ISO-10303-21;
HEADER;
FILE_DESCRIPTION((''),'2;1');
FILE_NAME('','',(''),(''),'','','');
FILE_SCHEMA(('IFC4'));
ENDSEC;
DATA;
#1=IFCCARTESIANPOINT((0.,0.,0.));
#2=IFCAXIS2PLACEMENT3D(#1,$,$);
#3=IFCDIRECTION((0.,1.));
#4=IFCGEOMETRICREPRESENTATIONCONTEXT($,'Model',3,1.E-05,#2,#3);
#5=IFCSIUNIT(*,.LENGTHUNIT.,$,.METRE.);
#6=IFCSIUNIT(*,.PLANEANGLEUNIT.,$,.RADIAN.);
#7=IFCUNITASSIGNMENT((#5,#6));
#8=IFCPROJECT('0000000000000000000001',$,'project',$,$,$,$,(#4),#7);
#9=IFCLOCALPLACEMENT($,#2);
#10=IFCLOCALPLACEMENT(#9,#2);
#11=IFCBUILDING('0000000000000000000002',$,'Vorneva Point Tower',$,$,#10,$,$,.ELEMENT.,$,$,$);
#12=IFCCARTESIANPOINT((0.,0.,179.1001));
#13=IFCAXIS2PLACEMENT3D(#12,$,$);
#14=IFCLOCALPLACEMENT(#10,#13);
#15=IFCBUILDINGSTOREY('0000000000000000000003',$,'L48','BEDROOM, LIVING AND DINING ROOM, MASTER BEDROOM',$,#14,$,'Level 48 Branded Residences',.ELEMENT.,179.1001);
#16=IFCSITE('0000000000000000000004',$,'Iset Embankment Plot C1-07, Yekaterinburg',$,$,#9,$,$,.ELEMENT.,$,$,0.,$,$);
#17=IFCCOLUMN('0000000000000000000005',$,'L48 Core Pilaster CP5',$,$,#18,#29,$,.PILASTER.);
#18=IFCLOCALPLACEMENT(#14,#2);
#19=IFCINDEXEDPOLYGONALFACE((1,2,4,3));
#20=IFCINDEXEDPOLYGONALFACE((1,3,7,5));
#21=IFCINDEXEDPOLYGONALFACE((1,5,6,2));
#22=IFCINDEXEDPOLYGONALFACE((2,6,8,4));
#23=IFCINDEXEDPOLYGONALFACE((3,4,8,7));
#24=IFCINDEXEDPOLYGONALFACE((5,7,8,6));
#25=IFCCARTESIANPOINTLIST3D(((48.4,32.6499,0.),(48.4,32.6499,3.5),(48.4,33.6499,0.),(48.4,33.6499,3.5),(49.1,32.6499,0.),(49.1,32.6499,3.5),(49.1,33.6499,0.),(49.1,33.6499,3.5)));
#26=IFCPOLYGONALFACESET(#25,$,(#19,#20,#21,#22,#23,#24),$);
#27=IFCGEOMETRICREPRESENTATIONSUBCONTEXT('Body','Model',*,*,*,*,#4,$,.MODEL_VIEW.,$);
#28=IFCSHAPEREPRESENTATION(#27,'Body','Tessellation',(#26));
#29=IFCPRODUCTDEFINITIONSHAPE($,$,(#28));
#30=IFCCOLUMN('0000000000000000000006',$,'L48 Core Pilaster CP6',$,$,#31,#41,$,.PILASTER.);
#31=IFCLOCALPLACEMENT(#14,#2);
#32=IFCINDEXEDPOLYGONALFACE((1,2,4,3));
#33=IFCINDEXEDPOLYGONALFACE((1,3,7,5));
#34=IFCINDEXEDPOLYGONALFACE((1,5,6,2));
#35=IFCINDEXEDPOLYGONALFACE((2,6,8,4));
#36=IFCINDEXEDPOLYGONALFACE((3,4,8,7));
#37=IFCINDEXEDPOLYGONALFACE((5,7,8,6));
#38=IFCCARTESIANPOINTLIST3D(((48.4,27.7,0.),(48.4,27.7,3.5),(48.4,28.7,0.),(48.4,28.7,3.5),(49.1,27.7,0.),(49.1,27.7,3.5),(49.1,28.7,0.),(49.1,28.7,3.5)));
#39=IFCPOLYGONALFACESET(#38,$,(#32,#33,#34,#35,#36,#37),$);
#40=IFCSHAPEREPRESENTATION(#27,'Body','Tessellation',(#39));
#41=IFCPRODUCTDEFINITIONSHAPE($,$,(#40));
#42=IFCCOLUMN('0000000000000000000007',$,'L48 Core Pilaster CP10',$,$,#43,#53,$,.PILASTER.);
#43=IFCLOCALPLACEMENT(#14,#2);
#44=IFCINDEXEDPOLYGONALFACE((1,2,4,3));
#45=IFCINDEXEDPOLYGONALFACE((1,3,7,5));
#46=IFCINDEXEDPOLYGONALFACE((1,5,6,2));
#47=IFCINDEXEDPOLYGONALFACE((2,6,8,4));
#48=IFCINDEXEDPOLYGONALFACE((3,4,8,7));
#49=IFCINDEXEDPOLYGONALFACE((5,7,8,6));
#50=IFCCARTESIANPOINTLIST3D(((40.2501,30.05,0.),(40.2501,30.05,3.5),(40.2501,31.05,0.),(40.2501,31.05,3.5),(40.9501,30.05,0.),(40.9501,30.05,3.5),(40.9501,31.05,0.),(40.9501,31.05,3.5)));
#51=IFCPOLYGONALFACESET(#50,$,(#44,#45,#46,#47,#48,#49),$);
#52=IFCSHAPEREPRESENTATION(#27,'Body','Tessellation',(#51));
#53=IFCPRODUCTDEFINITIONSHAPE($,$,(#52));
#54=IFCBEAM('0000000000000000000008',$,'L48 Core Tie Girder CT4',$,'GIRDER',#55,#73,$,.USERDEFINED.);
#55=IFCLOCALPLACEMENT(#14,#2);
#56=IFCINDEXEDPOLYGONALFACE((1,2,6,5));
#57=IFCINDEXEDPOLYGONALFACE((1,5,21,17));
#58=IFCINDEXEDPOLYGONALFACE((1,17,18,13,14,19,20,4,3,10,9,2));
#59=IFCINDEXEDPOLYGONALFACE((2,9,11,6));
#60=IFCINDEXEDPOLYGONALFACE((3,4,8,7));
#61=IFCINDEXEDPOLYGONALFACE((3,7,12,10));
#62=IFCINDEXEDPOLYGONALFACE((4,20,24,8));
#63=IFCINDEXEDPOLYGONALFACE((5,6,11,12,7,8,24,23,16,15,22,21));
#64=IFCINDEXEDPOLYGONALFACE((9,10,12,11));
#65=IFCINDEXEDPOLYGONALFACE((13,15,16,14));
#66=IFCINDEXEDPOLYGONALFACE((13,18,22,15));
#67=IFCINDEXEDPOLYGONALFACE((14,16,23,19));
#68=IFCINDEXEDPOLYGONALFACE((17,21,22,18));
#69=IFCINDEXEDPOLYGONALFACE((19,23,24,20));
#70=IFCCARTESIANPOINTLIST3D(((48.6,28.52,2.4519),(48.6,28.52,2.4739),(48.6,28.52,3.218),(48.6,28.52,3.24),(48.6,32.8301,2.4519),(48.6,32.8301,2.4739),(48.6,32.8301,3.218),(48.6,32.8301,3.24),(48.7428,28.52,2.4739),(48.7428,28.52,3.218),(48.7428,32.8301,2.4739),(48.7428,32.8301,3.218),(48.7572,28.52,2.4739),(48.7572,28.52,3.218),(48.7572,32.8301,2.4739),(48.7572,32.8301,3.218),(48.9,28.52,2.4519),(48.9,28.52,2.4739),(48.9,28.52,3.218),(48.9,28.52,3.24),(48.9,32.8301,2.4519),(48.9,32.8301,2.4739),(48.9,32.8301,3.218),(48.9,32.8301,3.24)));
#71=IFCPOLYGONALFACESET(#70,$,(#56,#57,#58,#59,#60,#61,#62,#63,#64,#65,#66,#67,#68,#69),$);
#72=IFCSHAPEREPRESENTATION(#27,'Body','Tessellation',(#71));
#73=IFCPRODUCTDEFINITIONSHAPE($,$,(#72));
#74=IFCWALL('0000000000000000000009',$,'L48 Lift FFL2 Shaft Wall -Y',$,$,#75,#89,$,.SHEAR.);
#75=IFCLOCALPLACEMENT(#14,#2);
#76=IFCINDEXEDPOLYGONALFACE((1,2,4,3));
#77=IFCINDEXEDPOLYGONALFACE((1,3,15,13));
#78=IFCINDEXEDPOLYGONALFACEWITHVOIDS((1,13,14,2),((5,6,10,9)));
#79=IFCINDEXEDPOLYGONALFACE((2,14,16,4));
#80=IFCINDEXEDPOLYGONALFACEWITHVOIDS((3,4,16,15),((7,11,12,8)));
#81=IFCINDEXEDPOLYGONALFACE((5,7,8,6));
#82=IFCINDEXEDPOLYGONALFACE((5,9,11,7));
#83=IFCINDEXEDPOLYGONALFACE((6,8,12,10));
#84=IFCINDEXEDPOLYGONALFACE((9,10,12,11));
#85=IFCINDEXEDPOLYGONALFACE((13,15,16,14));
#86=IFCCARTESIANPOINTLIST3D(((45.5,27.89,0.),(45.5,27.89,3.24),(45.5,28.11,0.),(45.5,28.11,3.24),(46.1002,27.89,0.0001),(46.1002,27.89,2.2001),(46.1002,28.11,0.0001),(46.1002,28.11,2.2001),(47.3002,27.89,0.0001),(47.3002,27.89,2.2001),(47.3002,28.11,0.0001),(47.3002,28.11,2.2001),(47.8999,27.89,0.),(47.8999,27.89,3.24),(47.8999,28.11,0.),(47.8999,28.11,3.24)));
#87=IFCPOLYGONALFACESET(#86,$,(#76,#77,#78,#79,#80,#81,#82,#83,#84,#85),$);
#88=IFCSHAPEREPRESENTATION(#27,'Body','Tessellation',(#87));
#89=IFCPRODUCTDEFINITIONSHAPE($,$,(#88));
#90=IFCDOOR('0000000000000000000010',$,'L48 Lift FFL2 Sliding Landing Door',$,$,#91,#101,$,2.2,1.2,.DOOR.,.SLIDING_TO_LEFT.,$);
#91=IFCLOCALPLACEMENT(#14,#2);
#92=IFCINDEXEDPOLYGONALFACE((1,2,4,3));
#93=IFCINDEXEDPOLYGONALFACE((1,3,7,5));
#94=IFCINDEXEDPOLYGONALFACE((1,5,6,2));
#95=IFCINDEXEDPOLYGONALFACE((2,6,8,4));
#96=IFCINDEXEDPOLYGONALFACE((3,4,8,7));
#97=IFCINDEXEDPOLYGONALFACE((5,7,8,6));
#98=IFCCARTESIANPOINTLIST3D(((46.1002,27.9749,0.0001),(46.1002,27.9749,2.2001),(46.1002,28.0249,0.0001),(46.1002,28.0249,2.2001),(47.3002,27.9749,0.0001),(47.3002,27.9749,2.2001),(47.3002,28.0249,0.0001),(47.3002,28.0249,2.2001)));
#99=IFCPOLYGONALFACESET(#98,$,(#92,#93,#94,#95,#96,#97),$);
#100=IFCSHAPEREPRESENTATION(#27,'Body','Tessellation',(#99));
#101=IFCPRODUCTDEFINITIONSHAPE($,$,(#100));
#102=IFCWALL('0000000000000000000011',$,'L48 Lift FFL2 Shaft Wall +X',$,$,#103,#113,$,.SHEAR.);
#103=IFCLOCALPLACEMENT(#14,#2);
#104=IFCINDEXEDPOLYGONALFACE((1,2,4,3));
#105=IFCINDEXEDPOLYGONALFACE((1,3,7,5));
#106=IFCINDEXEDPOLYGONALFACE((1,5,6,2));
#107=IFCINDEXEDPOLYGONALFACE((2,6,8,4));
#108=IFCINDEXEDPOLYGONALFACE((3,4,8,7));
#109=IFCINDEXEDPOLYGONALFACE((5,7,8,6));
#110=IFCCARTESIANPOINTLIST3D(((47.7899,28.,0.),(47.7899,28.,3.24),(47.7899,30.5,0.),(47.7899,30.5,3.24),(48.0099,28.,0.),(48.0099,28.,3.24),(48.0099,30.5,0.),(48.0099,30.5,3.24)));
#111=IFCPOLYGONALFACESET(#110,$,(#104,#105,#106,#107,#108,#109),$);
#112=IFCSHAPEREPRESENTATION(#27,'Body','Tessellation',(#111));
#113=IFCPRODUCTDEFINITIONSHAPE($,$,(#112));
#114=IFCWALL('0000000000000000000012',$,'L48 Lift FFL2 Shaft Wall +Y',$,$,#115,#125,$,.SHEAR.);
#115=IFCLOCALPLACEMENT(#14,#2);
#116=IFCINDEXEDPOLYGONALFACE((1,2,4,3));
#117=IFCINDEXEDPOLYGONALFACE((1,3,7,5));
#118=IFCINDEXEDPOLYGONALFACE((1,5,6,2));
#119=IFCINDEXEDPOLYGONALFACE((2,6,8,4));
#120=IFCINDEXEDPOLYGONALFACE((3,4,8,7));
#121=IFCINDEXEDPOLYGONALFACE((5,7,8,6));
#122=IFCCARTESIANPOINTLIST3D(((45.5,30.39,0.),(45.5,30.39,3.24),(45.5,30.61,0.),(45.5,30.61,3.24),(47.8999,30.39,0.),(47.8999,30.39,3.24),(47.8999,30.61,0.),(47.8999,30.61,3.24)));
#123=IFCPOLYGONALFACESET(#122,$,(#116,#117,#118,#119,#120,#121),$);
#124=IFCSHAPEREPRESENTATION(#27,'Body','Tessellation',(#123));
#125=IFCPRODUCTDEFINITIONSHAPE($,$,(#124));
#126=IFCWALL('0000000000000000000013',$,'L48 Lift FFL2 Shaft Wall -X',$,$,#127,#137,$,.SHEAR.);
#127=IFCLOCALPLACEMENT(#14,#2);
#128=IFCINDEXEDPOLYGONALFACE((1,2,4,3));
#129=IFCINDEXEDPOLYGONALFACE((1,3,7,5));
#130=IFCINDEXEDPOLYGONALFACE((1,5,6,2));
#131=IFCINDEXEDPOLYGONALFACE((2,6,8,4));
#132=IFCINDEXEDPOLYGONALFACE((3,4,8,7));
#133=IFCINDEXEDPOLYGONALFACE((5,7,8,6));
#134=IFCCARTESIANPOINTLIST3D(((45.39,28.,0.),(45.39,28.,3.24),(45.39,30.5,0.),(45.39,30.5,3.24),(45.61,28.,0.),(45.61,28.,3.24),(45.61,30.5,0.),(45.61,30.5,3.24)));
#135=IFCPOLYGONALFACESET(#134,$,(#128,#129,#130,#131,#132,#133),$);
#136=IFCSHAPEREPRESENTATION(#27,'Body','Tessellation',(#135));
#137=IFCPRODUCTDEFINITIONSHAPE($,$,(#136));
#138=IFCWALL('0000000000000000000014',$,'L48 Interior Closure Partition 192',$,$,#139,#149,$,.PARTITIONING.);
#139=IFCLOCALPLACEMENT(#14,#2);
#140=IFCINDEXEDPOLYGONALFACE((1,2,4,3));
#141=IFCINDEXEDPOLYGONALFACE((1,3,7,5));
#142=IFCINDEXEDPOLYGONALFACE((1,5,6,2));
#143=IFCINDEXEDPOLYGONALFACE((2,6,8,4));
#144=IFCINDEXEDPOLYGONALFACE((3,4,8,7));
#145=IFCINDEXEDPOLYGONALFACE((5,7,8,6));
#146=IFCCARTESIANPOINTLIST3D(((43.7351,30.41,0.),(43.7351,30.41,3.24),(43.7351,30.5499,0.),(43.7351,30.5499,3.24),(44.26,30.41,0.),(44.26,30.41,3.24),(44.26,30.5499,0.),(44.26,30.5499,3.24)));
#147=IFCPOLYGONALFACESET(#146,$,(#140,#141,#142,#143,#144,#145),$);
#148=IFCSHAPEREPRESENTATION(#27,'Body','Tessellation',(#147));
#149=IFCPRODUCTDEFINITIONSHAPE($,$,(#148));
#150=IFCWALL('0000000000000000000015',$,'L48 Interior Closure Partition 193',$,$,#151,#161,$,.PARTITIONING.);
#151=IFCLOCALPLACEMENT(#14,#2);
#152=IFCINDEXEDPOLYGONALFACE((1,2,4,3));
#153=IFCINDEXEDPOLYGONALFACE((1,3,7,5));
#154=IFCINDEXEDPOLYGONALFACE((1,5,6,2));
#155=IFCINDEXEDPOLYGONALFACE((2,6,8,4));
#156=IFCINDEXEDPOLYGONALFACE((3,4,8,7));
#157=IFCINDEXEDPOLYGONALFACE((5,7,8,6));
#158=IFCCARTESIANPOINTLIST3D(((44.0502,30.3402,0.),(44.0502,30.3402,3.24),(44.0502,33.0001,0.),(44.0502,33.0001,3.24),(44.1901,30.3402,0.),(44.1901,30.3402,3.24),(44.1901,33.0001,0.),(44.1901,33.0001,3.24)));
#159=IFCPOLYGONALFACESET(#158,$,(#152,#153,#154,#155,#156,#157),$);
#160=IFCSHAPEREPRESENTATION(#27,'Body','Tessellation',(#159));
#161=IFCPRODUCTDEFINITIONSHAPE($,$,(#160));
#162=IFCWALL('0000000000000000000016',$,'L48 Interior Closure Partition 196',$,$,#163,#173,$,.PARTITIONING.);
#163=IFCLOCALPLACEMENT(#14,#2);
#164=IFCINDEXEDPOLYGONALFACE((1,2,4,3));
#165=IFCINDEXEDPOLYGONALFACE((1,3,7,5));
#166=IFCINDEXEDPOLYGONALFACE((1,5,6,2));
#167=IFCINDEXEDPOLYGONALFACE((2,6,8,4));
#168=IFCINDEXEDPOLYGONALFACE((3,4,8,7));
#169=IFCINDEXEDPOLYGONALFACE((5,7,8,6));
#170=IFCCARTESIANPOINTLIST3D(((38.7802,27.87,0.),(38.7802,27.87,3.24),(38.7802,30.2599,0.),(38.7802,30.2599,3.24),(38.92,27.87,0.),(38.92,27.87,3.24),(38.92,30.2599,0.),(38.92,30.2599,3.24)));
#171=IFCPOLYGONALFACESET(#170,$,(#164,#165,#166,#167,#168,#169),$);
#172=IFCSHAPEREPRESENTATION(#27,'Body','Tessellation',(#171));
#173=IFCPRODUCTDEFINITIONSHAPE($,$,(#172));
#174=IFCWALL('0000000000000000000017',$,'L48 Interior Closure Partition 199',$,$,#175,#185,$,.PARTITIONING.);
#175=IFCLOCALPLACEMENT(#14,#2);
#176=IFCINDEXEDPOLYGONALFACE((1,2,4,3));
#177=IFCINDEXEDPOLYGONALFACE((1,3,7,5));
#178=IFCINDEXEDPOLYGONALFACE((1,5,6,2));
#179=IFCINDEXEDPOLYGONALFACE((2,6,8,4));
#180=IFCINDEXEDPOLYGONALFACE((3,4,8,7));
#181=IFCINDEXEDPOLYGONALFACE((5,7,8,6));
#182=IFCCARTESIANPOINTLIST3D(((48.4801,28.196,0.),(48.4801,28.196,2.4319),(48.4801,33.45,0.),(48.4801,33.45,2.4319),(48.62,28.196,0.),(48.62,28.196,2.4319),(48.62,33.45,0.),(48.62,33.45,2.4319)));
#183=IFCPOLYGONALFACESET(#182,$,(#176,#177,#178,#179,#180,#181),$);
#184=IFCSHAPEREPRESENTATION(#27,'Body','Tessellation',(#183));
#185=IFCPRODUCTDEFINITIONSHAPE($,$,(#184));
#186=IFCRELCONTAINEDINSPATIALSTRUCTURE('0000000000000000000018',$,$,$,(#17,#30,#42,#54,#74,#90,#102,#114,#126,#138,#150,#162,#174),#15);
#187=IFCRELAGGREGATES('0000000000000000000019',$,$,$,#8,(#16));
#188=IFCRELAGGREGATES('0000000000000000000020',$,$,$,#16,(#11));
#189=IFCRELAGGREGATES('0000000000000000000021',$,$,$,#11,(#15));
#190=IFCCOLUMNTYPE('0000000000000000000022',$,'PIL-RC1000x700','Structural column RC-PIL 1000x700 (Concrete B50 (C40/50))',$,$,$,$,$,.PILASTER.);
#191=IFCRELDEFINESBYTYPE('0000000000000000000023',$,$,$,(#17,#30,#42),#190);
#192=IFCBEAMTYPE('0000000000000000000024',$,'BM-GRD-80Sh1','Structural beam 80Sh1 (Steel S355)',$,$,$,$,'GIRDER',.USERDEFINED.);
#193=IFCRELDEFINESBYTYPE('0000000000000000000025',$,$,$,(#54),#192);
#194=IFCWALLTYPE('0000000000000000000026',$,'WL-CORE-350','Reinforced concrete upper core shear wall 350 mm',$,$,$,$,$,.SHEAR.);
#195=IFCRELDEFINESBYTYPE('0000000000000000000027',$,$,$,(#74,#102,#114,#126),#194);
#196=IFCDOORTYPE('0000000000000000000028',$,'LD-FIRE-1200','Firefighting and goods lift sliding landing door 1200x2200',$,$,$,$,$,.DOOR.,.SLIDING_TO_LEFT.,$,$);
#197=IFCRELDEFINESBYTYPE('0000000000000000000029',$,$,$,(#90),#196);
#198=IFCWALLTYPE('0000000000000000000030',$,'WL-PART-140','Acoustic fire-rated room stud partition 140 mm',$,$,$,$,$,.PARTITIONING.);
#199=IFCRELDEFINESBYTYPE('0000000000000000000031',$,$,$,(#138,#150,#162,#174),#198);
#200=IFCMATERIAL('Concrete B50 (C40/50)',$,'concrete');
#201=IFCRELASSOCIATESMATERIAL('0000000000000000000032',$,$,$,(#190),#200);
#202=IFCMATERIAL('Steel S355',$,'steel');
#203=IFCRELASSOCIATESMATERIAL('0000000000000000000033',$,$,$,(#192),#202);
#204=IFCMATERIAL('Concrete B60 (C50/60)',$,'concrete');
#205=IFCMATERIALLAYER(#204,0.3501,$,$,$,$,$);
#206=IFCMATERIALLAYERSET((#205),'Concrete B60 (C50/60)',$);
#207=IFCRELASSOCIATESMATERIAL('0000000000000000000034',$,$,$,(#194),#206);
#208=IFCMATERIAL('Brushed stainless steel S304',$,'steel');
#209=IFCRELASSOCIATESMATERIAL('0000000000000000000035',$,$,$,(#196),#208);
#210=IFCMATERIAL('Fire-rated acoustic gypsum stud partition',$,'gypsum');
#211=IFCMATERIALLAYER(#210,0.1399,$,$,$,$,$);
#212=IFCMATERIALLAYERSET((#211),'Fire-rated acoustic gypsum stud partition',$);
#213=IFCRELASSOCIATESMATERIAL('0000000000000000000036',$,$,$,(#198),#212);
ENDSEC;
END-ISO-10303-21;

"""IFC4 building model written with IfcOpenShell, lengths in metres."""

from ifc_helpers import new_model, si_unit, direction, frame, frame_2d, origin, origin_2d, place, context, subcontext, project, spatial, rectangle, i_section, extrude, material, layer, layer_set, material_profile, profile_set, type_object, element, fill, save


model = new_model("IFC4")

# Units and contexts
model_context = context("Model", 3, precision=1e-05, world=origin(), true_north=direction((0.0, 1.0)))
body_context = subcontext(model_context, "Body", "Model", "MODEL_VIEW")
ifc_project = project(units=[si_unit("LENGTHUNIT", "METRE"), si_unit("PLANEANGLEUNIT", "RADIAN")], contexts=[model_context])

# Site, building, storey
site_placement = place(None, origin())
site = spatial("IfcSite", under=ifc_project, at=site_placement, Name="Iset Embankment Plot C1-07, Yekaterinburg", CompositionType="ELEMENT", RefElevation=0.0)
building_placement = place(site_placement, origin())
building = spatial("IfcBuilding", under=site, at=building_placement, Name="Vorneva Point Tower", CompositionType="ELEMENT")
storey_placement = place(building_placement, frame((0.0, 0.0, 179.1001)))
storey = spatial("IfcBuildingStorey", under=building, at=storey_placement, Name="L48", Description="BEDROOM, LIVING AND DINING ROOM, MASTER BEDROOM", LongName="Level 48 Branded Residences", CompositionType="ELEMENT", Elevation=179.1001)

# Columns
ifc_material_1 = material(Name="Concrete B50 (C40/50)", Category="concrete")
ifc_material_profile_1 = material_profile(ifc_material_1, rectangle(XDim=0.7, YDim=1.0, at=origin_2d()), Name="RC-PIL 1000x700")
ifc_profile_set_1 = profile_set([ifc_material_profile_1], Name="Concrete B50 (C40/50)")
column_type = type_object("IfcColumnType", Name="PIL-RC1000x700", Description="Structural column RC-PIL 1000x700 (Concrete B50 (C40/50))", PredefinedType="PILASTER", material=ifc_profile_set_1)
for number, where, z_axis, x_axis, name in (
    (1, (48.75, 33.1499, 0.0), (0.0, 0.0, 1.0), (1.0, 0.0, 0.0), "L48 Core Pilaster CP5"),
    (2, (48.75, 28.2, 0.0), (0.0, 0.0, 1.0), (1.0, 0.0, 0.0), "L48 Core Pilaster CP6"),
    (3, (40.6001, 30.55, 0.0), (0.0, 0.0, 1.0), (1.0, 0.0, 0.0), "L48 Core Pilaster CP10"),
):
    element("IfcColumn", number, at=place(storey_placement, frame(where, z_axis=z_axis, x_axis=x_axis)), inside=storey, type_object=column_type, Name=name, PredefinedType="PILASTER", context=body_context, shape_type="SweptSolid", body=[
        extrude(rectangle(XDim=0.7, YDim=1.0, at=origin_2d()), origin(), (0.0, 0.0, 1.0), 3.5),
    ])

# Beam
ifc_material_2 = material(Name="Steel S355", Category="steel")
ifc_material_profile_2 = material_profile(ifc_material_2, i_section(OverallWidth=0.3, OverallDepth=0.7881, WebThickness=0.0144, FlangeThickness=0.022, at=origin_2d()), Name="80Sh1")
ifc_profile_set_2 = profile_set([ifc_material_profile_2], Name="Steel S355")
beam_type = type_object("IfcBeamType", Name="BM-GRD-80Sh1", Description="Structural beam 80Sh1 (Steel S355)", ElementType="GIRDER", PredefinedType="USERDEFINED", material=ifc_profile_set_2)
beam_placement = place(storey_placement, frame((48.75, 28.52, 2.8459), z_axis=(0.0, 1.0, 0.0), x_axis=(-1.0, 0.0, 0.0)))
element("IfcBeam", 4, at=beam_placement, inside=storey, type_object=beam_type, Name="L48 Core Tie Girder CT4", ObjectType="GIRDER", PredefinedType="USERDEFINED", context=body_context, shape_type="SweptSolid", body=[
    extrude(i_section(OverallWidth=0.3, OverallDepth=0.7881, WebThickness=0.0144, FlangeThickness=0.022, at=origin_2d()), origin(), (0.0, 0.0, 1.0), 4.3101),
])

# Wall, opening, door
ifc_material_3 = material(Name="Concrete B60 (C50/60)", Category="concrete")
ifc_layer_1 = layer(ifc_material_3, 0.3501)
ifc_layer_set_1 = layer_set([ifc_layer_1], Name="Concrete B60 (C50/60)")
wall_type_1 = type_object("IfcWallType", Name="WL-CORE-350", Description="Reinforced concrete upper core shear wall 350 mm", PredefinedType="SHEAR", material=ifc_layer_set_1)
wall_1_placement = place(storey_placement, frame((45.5, 28.0, 0.0), z_axis=(0.0, 0.0, 1.0), x_axis=(1.0, 0.0, 0.0)))
wall_1 = element("IfcWall", 5, at=wall_1_placement, inside=storey, type_object=wall_type_1, Name="L48 Lift FFL2 Shaft Wall -Y", PredefinedType="SHEAR", context=body_context, shape_type="SweptSolid", body=[
    extrude(rectangle(XDim=2.3999, YDim=0.22, at=frame_2d((1.2, 0.0))), origin(), (0.0, 0.0, 1.0), 3.24),
])
opening_1_placement = place(wall_1_placement, frame((0.6001, 0.0, 0.0)))
opening_1 = element("IfcOpeningElement", 6, at=opening_1_placement, cuts=wall_1, PredefinedType="OPENING", context=body_context, shape_type="SweptSolid", body=[
    extrude(rectangle(XDim=1.2, YDim=2.2, at=frame_2d((0.6001, 1.1001))), frame((0.0, 0.125, 0.0), z_axis=(0.0, -1.0, 0.0), x_axis=(1.0, 0.0, 0.0)), (0.0, 0.0, 1.0), 0.2498),
])
ifc_material_4 = material(Name="Brushed stainless steel S304", Category="steel")
door_type_1 = type_object("IfcDoorType", Name="LD-FIRE-1200", Description="Firefighting and goods lift sliding landing door 1200x2200", OperationType="SLIDING_TO_LEFT", PredefinedType="DOOR", material=ifc_material_4)
door_1_placement = place(opening_1_placement, origin())
door_1 = element("IfcDoor", 7, at=door_1_placement, inside=storey, type_object=door_type_1, Name="L48 Lift FFL2 Sliding Landing Door", OperationType="SLIDING_TO_LEFT", OverallHeight=2.2, OverallWidth=1.2, PredefinedType="DOOR", context=body_context, shape_type="SweptSolid", body=[
    extrude(rectangle(XDim=1.2, YDim=2.2, at=frame_2d((0.6001, 1.1001))), frame((0.0, 0.0249, 0.0), z_axis=(0.0, -1.0, 0.0), x_axis=(1.0, 0.0, 0.0)), (0.0, 0.0, 1.0), 0.05),
])
fill(opening_1, door_1)

# Walls
wall_2_placement = place(storey_placement, frame((47.8999, 28.0, 0.0), z_axis=(0.0, 0.0, 1.0), x_axis=(0.0, 1.0, 0.0)))
element("IfcWall", 8, at=wall_2_placement, inside=storey, type_object=wall_type_1, Name="L48 Lift FFL2 Shaft Wall +X", PredefinedType="SHEAR", context=body_context, shape_type="SweptSolid", body=[
    extrude(rectangle(XDim=2.5, YDim=0.22, at=frame_2d((1.25, 0.0))), origin(), (0.0, 0.0, 1.0), 3.24),
])
wall_3_placement = place(storey_placement, frame((47.8999, 30.5, 0.0), z_axis=(0.0, 0.0, 1.0), x_axis=(-1.0, 0.0, 0.0)))
element("IfcWall", 9, at=wall_3_placement, inside=storey, type_object=wall_type_1, Name="L48 Lift FFL2 Shaft Wall +Y", PredefinedType="SHEAR", context=body_context, shape_type="SweptSolid", body=[
    extrude(rectangle(XDim=2.3999, YDim=0.22, at=frame_2d((1.2, 0.0))), origin(), (0.0, 0.0, 1.0), 3.24),
])
wall_4_placement = place(storey_placement, frame((45.5, 30.5, 0.0), z_axis=(0.0, 0.0, 1.0), x_axis=(0.0, -1.0, 0.0)))
element("IfcWall", 10, at=wall_4_placement, inside=storey, type_object=wall_type_1, Name="L48 Lift FFL2 Shaft Wall -X", PredefinedType="SHEAR", context=body_context, shape_type="SweptSolid", body=[
    extrude(rectangle(XDim=2.5, YDim=0.22, at=frame_2d((1.25, 0.0))), origin(), (0.0, 0.0, 1.0), 3.24),
])
ifc_material_5 = material(Name="Fire-rated acoustic gypsum stud partition", Category="gypsum")
ifc_layer_2 = layer(ifc_material_5, 0.1399)
ifc_layer_set_2 = layer_set([ifc_layer_2], Name="Fire-rated acoustic gypsum stud partition")
wall_type_2 = type_object("IfcWallType", Name="WL-PART-140", Description="Acoustic fire-rated room stud partition 140 mm", PredefinedType="PARTITIONING", material=ifc_layer_set_2)
wall_5_placement = place(storey_placement, frame((43.7351, 30.48, 0.0), z_axis=(0.0, 0.0, 1.0), x_axis=(1.0, 0.0, 0.0)))
element("IfcWall", 11, at=wall_5_placement, inside=storey, type_object=wall_type_2, Name="L48 Interior Closure Partition 192", PredefinedType="PARTITIONING", context=body_context, shape_type="SweptSolid", body=[
    extrude(rectangle(XDim=0.5249, YDim=0.1399, at=frame_2d((0.2625, 0.0))), origin(), (0.0, 0.0, 1.0), 3.24),
])
wall_6_placement = place(storey_placement, frame((44.1201, 30.3401, 0.0), z_axis=(0.0, 0.0, 1.0), x_axis=(0.0, 1.0, 0.0)))
element("IfcWall", 12, at=wall_6_placement, inside=storey, type_object=wall_type_2, Name="L48 Interior Closure Partition 193", PredefinedType="PARTITIONING", context=body_context, shape_type="SweptSolid", body=[
    extrude(rectangle(XDim=2.6599, YDim=0.1399, at=frame_2d((1.3301, 0.0))), origin(), (0.0, 0.0, 1.0), 3.24),
])
wall_7_placement = place(storey_placement, frame((38.8501, 27.8701, 0.0), z_axis=(0.0, 0.0, 1.0), x_axis=(0.0, 1.0, 0.0)))
element("IfcWall", 13, at=wall_7_placement, inside=storey, type_object=wall_type_2, Name="L48 Interior Closure Partition 196", PredefinedType="PARTITIONING", context=body_context, shape_type="SweptSolid", body=[
    extrude(rectangle(XDim=2.3899, YDim=0.1399, at=frame_2d((1.1948, 0.0))), origin(), (0.0, 0.0, 1.0), 3.24),
])
wall_8_placement = place(storey_placement, frame((48.55, 28.196, 0.0), z_axis=(0.0, 0.0, 1.0), x_axis=(0.0, 1.0, 0.0)))
element("IfcWall", 14, at=wall_8_placement, inside=storey, type_object=wall_type_2, Name="L48 Interior Closure Partition 199", PredefinedType="PARTITIONING", context=body_context, shape_type="SweptSolid", body=[
    extrude(rectangle(XDim=5.2539, YDim=0.1399, at=frame_2d((2.627, 0.0))), origin(), (0.0, 0.0, 1.0), 2.4319),
])

save(model, "model.ifc")
